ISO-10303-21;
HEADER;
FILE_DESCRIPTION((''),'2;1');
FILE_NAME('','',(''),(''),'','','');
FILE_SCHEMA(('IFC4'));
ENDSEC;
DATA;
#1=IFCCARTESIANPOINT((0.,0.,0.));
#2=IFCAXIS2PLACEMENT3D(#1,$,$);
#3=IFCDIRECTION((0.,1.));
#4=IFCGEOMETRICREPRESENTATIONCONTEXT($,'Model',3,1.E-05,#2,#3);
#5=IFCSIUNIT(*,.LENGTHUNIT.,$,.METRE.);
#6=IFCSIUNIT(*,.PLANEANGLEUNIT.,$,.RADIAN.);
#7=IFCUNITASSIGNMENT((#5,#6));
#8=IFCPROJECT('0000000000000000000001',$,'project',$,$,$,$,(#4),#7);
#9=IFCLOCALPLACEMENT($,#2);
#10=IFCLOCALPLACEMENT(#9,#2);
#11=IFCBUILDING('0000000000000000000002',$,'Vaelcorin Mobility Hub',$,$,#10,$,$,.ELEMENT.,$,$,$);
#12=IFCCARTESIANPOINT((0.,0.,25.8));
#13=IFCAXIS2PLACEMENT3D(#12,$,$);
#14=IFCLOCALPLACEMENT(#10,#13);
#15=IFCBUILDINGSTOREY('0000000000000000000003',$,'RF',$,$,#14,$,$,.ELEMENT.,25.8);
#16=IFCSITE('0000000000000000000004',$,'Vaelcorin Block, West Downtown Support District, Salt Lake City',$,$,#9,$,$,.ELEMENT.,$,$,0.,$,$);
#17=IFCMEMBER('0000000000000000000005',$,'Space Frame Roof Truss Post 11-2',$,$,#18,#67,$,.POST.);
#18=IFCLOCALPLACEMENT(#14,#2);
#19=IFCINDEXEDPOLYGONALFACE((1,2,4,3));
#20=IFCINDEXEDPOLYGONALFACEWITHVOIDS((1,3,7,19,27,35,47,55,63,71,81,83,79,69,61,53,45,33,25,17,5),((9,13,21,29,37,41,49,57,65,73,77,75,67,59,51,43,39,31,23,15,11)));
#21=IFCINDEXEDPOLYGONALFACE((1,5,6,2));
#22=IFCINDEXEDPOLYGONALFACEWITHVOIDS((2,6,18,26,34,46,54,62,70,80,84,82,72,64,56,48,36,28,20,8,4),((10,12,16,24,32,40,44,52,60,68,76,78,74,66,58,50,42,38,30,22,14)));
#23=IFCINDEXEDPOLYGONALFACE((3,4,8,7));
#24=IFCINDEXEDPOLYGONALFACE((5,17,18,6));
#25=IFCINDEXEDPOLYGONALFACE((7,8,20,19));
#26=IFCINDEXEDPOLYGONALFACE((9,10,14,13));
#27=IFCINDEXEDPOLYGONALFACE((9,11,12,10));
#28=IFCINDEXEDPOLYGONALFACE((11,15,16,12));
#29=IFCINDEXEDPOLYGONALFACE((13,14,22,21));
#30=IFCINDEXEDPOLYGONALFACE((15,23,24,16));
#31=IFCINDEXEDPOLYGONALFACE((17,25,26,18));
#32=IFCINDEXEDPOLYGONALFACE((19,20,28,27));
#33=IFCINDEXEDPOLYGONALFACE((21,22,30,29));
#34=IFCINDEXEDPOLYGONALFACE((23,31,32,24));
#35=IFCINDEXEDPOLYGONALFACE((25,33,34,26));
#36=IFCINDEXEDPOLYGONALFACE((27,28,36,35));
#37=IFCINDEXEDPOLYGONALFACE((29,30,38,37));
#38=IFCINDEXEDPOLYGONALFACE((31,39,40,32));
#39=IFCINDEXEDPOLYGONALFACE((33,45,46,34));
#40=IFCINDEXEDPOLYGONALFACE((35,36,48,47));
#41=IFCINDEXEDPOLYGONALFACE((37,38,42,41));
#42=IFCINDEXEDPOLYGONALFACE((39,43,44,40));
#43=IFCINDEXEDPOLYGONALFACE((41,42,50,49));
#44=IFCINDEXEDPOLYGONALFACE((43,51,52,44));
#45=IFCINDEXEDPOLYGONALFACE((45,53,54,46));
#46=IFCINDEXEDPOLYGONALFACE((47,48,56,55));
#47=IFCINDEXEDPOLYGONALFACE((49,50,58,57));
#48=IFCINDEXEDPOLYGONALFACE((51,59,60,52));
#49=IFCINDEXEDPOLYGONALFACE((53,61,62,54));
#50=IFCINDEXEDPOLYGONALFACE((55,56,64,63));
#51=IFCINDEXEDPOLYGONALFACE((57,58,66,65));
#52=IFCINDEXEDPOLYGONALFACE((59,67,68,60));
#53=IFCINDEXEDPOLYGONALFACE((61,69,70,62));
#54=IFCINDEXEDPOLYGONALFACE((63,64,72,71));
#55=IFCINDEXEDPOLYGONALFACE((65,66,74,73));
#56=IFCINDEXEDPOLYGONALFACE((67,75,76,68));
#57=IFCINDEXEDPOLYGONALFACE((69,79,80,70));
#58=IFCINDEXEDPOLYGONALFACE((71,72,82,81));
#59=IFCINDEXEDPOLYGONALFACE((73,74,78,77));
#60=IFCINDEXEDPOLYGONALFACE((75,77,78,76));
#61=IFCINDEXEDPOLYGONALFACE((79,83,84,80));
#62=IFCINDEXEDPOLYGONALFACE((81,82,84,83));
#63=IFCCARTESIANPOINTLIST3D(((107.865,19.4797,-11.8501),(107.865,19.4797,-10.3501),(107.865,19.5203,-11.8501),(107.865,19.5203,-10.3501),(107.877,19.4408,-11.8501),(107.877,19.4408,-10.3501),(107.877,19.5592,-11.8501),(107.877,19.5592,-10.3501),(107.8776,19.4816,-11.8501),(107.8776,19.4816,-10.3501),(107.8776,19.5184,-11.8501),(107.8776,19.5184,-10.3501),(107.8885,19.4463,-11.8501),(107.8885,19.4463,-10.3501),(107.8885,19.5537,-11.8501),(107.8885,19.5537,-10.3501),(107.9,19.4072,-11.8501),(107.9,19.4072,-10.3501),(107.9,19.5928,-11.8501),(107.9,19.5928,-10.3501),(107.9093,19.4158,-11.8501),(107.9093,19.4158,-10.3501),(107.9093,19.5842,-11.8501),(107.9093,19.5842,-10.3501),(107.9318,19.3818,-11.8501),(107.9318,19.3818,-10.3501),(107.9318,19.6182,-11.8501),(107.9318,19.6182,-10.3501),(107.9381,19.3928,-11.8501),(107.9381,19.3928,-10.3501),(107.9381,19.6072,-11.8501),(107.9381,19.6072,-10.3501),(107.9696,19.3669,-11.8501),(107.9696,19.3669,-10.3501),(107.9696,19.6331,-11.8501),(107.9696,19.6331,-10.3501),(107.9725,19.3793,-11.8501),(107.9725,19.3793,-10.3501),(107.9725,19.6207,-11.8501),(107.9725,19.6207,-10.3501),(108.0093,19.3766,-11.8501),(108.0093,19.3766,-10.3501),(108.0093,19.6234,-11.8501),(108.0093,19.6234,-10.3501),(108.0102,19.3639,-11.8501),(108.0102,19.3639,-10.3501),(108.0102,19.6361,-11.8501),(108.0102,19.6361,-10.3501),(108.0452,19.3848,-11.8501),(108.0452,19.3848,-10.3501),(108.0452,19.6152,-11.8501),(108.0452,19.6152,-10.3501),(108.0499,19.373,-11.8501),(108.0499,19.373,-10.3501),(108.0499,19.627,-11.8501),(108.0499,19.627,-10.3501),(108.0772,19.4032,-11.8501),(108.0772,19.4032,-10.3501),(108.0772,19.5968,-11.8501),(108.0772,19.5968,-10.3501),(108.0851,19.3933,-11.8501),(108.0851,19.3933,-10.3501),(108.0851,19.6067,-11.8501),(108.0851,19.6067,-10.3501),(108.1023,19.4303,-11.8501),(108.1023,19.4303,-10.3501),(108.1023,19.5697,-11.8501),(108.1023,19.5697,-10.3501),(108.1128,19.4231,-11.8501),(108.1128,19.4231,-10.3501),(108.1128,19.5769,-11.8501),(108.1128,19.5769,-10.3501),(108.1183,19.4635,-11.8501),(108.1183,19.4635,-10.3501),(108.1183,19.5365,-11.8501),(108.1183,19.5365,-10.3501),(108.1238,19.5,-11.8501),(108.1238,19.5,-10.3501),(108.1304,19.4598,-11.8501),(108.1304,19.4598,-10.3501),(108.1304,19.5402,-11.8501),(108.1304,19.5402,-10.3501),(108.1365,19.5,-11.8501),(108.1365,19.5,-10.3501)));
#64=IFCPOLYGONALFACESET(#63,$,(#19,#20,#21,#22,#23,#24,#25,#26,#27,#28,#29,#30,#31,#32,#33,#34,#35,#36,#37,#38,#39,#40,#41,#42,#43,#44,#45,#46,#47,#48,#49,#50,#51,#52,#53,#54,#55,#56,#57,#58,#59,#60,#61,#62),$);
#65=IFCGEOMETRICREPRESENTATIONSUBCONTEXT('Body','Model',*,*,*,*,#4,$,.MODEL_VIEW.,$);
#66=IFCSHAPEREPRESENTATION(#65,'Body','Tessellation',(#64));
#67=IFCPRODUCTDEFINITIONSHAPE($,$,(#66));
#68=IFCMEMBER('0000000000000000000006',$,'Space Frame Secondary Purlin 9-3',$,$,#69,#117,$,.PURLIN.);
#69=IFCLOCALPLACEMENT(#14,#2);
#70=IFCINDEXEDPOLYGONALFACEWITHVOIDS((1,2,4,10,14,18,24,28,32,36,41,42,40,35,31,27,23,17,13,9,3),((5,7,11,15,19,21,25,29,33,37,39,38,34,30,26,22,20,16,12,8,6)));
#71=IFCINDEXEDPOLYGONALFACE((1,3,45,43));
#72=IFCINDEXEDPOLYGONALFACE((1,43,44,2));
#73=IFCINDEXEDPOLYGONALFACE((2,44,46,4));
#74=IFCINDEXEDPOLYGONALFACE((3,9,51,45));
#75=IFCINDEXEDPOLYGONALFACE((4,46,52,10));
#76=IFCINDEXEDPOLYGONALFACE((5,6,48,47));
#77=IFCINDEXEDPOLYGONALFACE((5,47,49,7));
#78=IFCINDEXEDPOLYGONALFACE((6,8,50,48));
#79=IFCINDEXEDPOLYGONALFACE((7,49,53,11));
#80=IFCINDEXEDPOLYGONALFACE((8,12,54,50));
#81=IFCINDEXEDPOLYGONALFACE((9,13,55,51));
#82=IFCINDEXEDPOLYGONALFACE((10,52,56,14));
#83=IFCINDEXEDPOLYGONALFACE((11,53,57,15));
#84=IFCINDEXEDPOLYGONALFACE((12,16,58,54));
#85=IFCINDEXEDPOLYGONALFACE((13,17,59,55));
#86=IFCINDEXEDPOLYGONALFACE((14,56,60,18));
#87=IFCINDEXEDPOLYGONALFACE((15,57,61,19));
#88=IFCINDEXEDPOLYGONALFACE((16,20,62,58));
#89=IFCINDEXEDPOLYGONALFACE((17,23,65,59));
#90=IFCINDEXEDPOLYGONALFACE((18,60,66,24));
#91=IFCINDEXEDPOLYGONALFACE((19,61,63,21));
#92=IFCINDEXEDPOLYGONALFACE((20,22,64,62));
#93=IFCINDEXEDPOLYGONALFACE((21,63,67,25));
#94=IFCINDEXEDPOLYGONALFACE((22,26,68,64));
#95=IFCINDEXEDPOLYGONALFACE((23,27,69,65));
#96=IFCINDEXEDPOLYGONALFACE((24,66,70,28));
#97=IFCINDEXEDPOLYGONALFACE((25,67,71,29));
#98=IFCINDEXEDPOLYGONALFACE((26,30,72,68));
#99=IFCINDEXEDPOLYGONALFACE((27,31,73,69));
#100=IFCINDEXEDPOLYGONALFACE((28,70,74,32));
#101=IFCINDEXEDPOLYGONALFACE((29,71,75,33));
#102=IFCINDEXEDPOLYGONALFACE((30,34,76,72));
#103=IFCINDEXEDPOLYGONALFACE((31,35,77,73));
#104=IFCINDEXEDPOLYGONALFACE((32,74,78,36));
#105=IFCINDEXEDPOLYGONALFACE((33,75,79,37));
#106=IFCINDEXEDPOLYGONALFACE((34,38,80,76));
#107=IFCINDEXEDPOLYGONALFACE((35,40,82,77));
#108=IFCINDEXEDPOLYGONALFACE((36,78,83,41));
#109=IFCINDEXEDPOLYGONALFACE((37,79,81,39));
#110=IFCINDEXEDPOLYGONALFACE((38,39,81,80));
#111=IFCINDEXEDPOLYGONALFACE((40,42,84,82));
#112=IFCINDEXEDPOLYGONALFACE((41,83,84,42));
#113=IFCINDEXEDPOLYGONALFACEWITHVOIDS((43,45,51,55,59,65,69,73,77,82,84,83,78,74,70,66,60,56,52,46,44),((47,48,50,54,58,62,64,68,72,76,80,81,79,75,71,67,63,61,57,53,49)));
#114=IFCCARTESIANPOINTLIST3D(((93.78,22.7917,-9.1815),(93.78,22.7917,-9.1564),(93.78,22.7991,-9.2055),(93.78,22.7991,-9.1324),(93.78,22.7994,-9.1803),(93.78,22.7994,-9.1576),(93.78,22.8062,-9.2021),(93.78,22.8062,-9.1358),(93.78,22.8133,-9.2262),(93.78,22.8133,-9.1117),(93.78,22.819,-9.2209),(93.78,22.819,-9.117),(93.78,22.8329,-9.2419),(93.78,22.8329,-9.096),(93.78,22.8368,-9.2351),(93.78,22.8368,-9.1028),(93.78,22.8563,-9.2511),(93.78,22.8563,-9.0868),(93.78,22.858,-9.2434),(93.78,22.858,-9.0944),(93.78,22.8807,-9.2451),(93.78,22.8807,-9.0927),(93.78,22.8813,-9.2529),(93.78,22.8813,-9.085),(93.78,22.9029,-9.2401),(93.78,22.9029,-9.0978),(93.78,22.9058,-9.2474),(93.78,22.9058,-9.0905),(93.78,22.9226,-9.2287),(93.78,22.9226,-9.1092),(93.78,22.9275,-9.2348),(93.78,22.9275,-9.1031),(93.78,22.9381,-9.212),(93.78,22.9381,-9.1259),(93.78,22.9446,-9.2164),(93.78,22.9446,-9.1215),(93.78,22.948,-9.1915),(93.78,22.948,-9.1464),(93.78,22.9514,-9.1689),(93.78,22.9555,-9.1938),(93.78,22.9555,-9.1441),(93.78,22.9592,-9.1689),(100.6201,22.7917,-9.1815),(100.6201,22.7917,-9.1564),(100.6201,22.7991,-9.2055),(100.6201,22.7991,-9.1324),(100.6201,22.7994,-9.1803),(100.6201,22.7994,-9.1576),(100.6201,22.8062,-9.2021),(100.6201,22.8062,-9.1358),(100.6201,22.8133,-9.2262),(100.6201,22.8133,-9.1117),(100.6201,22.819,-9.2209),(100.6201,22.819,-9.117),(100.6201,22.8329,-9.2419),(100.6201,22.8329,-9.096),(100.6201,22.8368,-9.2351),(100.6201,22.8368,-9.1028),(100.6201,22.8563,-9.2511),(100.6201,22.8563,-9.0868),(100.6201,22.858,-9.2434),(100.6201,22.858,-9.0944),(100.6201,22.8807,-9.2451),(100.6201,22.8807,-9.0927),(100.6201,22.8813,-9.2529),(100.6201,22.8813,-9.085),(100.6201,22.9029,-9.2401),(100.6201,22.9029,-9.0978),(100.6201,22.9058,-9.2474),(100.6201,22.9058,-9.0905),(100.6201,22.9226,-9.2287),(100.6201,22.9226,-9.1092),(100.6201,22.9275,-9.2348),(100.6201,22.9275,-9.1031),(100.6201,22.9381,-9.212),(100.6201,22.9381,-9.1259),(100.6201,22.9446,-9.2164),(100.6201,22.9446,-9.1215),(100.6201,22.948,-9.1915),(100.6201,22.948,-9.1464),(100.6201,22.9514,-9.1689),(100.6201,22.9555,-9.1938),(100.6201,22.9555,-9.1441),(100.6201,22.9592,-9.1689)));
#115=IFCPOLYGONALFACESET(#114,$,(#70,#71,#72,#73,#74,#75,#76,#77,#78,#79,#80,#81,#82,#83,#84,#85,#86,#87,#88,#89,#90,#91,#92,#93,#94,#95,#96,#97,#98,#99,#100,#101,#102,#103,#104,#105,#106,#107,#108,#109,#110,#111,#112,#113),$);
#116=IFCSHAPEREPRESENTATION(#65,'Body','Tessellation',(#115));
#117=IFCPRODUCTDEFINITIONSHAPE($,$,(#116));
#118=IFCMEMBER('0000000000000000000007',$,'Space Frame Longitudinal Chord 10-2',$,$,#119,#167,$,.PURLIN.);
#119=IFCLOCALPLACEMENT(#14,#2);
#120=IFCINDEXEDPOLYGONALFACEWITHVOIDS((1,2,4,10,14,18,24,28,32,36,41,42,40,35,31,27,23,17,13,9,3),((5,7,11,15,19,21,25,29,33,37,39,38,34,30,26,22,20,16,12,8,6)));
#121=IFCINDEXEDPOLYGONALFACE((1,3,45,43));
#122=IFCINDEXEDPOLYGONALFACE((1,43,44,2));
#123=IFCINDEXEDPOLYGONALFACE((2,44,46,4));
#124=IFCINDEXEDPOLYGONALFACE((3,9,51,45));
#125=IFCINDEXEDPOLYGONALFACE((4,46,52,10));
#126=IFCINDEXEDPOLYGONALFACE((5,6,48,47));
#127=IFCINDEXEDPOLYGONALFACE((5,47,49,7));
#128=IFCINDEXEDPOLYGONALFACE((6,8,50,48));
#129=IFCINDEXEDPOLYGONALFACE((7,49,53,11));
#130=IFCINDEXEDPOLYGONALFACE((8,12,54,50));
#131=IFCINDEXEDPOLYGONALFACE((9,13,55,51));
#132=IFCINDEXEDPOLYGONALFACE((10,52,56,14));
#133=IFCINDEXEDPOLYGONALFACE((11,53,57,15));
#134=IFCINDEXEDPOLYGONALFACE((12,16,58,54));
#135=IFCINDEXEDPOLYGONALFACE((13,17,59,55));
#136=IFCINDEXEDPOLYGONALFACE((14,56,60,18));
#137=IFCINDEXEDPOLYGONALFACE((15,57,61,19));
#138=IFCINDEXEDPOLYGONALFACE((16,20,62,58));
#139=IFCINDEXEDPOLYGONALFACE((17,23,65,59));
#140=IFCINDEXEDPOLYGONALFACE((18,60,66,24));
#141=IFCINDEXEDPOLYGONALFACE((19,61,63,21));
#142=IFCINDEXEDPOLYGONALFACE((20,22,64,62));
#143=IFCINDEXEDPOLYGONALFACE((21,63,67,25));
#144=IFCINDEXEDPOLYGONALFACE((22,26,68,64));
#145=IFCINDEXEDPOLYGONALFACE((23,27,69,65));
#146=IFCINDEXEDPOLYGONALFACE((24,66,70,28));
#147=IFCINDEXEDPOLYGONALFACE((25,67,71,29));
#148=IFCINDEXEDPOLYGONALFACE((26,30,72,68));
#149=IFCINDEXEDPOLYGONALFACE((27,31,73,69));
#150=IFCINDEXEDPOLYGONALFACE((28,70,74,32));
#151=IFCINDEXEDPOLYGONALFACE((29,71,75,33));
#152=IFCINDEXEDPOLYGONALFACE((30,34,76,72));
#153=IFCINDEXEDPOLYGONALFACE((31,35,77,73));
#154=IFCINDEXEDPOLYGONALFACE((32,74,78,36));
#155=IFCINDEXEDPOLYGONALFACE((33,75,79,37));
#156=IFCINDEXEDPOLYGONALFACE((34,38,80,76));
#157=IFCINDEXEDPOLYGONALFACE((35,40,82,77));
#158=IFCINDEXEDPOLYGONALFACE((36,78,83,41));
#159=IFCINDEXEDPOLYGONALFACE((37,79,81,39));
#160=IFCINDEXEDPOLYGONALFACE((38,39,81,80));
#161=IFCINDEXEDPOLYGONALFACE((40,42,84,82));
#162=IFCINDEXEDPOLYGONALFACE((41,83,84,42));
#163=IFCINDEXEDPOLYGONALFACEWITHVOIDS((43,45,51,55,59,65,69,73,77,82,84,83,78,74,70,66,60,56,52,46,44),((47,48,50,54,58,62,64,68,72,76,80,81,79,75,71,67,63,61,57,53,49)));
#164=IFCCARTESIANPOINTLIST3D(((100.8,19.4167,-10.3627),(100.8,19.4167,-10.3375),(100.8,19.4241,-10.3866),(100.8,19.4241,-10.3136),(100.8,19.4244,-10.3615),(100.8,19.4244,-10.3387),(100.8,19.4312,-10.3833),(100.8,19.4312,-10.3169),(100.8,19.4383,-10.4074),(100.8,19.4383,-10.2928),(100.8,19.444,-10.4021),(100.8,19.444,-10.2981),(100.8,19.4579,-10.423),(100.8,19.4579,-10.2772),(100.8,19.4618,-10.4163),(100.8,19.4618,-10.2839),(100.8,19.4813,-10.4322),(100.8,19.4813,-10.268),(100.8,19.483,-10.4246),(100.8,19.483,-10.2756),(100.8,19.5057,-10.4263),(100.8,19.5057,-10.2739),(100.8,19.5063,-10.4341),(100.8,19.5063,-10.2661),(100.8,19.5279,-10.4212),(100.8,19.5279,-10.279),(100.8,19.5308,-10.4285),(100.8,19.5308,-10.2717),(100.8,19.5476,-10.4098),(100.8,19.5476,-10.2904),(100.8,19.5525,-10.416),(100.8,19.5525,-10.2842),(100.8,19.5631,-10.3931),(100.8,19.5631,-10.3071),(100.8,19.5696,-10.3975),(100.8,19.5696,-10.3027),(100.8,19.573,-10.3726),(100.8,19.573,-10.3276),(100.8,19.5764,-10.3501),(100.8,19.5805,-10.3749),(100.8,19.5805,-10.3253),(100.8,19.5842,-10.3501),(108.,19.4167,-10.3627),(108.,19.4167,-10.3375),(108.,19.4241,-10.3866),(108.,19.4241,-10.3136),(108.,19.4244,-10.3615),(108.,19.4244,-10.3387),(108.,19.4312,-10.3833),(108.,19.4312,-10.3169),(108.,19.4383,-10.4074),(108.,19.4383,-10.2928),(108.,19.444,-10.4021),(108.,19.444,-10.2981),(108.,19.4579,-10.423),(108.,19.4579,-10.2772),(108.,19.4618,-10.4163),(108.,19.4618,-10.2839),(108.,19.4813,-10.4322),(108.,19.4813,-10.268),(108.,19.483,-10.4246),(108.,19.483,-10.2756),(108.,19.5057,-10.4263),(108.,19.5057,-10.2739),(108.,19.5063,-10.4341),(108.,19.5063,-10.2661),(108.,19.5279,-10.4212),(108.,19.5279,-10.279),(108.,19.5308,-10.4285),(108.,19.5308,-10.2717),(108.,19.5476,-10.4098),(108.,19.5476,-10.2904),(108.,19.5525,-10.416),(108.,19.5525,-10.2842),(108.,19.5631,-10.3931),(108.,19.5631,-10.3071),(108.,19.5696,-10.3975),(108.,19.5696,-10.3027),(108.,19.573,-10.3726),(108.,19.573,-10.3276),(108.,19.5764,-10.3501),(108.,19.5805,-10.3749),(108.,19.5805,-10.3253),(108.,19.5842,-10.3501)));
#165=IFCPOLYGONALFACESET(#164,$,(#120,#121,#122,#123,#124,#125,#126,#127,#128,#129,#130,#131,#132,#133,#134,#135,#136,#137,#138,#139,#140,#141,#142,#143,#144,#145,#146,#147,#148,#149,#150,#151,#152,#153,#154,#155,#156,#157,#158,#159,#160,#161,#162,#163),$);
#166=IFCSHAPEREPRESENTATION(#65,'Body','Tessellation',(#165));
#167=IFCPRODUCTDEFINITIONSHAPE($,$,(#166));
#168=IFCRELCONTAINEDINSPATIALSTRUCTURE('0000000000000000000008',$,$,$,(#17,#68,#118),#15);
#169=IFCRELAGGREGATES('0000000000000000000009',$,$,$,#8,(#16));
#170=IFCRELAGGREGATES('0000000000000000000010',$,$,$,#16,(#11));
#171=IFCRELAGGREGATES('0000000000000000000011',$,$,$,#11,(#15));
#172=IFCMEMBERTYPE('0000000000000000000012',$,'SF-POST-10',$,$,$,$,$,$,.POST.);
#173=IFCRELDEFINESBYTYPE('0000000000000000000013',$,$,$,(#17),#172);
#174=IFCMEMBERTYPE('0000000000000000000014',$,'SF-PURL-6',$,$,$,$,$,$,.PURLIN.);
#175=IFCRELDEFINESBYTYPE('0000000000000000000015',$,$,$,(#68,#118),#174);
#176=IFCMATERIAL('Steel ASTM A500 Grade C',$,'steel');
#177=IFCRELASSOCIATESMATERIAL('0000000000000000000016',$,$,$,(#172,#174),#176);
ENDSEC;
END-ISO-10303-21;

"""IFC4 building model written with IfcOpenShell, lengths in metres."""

from ifc_helpers import new_model, si_unit, direction, frame, origin, origin_2d, place, context, subcontext, project, spatial, hollow_circle, extrude, material, material_profile, profile_set, type_object, element, save


model = new_model("IFC4")

# Units and contexts
model_context = context("Model", 3, precision=1e-05, world=origin(), true_north=direction((0.0, 1.0)))
body_context = subcontext(model_context, "Body", "Model", "MODEL_VIEW")
ifc_project = project(units=[si_unit("LENGTHUNIT", "METRE"), si_unit("PLANEANGLEUNIT", "RADIAN")], contexts=[model_context])

# Site, building, storey
site_placement = place(None, origin())
site = spatial("IfcSite", under=ifc_project, at=site_placement, Name="Vaelcorin Block, West Downtown Support District, Salt Lake City", CompositionType="ELEMENT", RefElevation=0.0)
building_placement = place(site_placement, origin())
building = spatial("IfcBuilding", under=site, at=building_placement, Name="Vaelcorin Mobility Hub", CompositionType="ELEMENT")
storey_placement = place(building_placement, frame((0.0, 0.0, 25.8)))
storey = spatial("IfcBuildingStorey", under=building, at=storey_placement, Name="RF", CompositionType="ELEMENT", Elevation=25.8)

# Members
ifc_material_1 = material(Name="Steel ASTM A500 Grade C", Category="steel")
ifc_material_profile_1 = material_profile(ifc_material_1, hollow_circle(Radius=0.1365, WallThickness=0.0127, at=origin_2d()), Name="HSS10.750X0.500")
ifc_profile_set_1 = profile_set([ifc_material_profile_1], Name="Steel ASTM A500 Grade C")
member_type_1 = type_object("IfcMemberType", Name="SF-POST-10", PredefinedType="POST", material=ifc_profile_set_1)
for number, where, z_axis, x_axis, name in (
    (1, (108.0, 19.5, -11.8501), (0.0, 0.0, 1.0), (1.0, 0.0, 0.0), "Space Frame Roof Truss Post 11-2"),
):
    element("IfcMember", number, at=place(storey_placement, frame(where, z_axis=z_axis, x_axis=x_axis)), inside=storey, type_object=member_type_1, Name=name, PredefinedType="POST", context=body_context, shape_type="SweptSolid", body=[
        extrude(hollow_circle(Radius=0.1365, WallThickness=0.0127, at=origin_2d()), origin(), (0.0, 0.0, 1.0), 1.5),
    ])
ifc_material_profile_2 = material_profile(ifc_material_1, hollow_circle(Radius=0.0842, WallThickness=0.0078, at=origin_2d()), Name="HSS6.625X0.312")
ifc_profile_set_2 = profile_set([ifc_material_profile_2], Name="Steel ASTM A500 Grade C")
member_type_2 = type_object("IfcMemberType", Name="SF-PURL-6", PredefinedType="PURLIN", material=ifc_profile_set_2)
member_1_placement = place(storey_placement, frame((93.78, 22.875, -9.1689), z_axis=(1.0, 0.0, 0.0), x_axis=(0.0, 1.0, 0.0)))
element("IfcMember", 2, at=member_1_placement, inside=storey, type_object=member_type_2, Name="Space Frame Secondary Purlin 9-3", PredefinedType="PURLIN", context=body_context, shape_type="SweptSolid", body=[
    extrude(hollow_circle(Radius=0.0842, WallThickness=0.0078, at=origin_2d()), origin(), (0.0, 0.0, 1.0), 6.8401),
])
for number, where, z_axis, x_axis, name in (
    (3, (100.8, 19.5, -10.3501), (1.0, 0.0, 0.0), (0.0, 1.0, 0.0), "Space Frame Longitudinal Chord 10-2"),
):
    element("IfcMember", number, at=place(storey_placement, frame(where, z_axis=z_axis, x_axis=x_axis)), inside=storey, type_object=member_type_2, Name=name, PredefinedType="PURLIN", context=body_context, shape_type="SweptSolid", body=[
        extrude(hollow_circle(Radius=0.0842, WallThickness=0.0078, at=origin_2d()), origin(), (0.0, 0.0, 1.0), 7.2),
    ])

save(model, "model.ifc")
